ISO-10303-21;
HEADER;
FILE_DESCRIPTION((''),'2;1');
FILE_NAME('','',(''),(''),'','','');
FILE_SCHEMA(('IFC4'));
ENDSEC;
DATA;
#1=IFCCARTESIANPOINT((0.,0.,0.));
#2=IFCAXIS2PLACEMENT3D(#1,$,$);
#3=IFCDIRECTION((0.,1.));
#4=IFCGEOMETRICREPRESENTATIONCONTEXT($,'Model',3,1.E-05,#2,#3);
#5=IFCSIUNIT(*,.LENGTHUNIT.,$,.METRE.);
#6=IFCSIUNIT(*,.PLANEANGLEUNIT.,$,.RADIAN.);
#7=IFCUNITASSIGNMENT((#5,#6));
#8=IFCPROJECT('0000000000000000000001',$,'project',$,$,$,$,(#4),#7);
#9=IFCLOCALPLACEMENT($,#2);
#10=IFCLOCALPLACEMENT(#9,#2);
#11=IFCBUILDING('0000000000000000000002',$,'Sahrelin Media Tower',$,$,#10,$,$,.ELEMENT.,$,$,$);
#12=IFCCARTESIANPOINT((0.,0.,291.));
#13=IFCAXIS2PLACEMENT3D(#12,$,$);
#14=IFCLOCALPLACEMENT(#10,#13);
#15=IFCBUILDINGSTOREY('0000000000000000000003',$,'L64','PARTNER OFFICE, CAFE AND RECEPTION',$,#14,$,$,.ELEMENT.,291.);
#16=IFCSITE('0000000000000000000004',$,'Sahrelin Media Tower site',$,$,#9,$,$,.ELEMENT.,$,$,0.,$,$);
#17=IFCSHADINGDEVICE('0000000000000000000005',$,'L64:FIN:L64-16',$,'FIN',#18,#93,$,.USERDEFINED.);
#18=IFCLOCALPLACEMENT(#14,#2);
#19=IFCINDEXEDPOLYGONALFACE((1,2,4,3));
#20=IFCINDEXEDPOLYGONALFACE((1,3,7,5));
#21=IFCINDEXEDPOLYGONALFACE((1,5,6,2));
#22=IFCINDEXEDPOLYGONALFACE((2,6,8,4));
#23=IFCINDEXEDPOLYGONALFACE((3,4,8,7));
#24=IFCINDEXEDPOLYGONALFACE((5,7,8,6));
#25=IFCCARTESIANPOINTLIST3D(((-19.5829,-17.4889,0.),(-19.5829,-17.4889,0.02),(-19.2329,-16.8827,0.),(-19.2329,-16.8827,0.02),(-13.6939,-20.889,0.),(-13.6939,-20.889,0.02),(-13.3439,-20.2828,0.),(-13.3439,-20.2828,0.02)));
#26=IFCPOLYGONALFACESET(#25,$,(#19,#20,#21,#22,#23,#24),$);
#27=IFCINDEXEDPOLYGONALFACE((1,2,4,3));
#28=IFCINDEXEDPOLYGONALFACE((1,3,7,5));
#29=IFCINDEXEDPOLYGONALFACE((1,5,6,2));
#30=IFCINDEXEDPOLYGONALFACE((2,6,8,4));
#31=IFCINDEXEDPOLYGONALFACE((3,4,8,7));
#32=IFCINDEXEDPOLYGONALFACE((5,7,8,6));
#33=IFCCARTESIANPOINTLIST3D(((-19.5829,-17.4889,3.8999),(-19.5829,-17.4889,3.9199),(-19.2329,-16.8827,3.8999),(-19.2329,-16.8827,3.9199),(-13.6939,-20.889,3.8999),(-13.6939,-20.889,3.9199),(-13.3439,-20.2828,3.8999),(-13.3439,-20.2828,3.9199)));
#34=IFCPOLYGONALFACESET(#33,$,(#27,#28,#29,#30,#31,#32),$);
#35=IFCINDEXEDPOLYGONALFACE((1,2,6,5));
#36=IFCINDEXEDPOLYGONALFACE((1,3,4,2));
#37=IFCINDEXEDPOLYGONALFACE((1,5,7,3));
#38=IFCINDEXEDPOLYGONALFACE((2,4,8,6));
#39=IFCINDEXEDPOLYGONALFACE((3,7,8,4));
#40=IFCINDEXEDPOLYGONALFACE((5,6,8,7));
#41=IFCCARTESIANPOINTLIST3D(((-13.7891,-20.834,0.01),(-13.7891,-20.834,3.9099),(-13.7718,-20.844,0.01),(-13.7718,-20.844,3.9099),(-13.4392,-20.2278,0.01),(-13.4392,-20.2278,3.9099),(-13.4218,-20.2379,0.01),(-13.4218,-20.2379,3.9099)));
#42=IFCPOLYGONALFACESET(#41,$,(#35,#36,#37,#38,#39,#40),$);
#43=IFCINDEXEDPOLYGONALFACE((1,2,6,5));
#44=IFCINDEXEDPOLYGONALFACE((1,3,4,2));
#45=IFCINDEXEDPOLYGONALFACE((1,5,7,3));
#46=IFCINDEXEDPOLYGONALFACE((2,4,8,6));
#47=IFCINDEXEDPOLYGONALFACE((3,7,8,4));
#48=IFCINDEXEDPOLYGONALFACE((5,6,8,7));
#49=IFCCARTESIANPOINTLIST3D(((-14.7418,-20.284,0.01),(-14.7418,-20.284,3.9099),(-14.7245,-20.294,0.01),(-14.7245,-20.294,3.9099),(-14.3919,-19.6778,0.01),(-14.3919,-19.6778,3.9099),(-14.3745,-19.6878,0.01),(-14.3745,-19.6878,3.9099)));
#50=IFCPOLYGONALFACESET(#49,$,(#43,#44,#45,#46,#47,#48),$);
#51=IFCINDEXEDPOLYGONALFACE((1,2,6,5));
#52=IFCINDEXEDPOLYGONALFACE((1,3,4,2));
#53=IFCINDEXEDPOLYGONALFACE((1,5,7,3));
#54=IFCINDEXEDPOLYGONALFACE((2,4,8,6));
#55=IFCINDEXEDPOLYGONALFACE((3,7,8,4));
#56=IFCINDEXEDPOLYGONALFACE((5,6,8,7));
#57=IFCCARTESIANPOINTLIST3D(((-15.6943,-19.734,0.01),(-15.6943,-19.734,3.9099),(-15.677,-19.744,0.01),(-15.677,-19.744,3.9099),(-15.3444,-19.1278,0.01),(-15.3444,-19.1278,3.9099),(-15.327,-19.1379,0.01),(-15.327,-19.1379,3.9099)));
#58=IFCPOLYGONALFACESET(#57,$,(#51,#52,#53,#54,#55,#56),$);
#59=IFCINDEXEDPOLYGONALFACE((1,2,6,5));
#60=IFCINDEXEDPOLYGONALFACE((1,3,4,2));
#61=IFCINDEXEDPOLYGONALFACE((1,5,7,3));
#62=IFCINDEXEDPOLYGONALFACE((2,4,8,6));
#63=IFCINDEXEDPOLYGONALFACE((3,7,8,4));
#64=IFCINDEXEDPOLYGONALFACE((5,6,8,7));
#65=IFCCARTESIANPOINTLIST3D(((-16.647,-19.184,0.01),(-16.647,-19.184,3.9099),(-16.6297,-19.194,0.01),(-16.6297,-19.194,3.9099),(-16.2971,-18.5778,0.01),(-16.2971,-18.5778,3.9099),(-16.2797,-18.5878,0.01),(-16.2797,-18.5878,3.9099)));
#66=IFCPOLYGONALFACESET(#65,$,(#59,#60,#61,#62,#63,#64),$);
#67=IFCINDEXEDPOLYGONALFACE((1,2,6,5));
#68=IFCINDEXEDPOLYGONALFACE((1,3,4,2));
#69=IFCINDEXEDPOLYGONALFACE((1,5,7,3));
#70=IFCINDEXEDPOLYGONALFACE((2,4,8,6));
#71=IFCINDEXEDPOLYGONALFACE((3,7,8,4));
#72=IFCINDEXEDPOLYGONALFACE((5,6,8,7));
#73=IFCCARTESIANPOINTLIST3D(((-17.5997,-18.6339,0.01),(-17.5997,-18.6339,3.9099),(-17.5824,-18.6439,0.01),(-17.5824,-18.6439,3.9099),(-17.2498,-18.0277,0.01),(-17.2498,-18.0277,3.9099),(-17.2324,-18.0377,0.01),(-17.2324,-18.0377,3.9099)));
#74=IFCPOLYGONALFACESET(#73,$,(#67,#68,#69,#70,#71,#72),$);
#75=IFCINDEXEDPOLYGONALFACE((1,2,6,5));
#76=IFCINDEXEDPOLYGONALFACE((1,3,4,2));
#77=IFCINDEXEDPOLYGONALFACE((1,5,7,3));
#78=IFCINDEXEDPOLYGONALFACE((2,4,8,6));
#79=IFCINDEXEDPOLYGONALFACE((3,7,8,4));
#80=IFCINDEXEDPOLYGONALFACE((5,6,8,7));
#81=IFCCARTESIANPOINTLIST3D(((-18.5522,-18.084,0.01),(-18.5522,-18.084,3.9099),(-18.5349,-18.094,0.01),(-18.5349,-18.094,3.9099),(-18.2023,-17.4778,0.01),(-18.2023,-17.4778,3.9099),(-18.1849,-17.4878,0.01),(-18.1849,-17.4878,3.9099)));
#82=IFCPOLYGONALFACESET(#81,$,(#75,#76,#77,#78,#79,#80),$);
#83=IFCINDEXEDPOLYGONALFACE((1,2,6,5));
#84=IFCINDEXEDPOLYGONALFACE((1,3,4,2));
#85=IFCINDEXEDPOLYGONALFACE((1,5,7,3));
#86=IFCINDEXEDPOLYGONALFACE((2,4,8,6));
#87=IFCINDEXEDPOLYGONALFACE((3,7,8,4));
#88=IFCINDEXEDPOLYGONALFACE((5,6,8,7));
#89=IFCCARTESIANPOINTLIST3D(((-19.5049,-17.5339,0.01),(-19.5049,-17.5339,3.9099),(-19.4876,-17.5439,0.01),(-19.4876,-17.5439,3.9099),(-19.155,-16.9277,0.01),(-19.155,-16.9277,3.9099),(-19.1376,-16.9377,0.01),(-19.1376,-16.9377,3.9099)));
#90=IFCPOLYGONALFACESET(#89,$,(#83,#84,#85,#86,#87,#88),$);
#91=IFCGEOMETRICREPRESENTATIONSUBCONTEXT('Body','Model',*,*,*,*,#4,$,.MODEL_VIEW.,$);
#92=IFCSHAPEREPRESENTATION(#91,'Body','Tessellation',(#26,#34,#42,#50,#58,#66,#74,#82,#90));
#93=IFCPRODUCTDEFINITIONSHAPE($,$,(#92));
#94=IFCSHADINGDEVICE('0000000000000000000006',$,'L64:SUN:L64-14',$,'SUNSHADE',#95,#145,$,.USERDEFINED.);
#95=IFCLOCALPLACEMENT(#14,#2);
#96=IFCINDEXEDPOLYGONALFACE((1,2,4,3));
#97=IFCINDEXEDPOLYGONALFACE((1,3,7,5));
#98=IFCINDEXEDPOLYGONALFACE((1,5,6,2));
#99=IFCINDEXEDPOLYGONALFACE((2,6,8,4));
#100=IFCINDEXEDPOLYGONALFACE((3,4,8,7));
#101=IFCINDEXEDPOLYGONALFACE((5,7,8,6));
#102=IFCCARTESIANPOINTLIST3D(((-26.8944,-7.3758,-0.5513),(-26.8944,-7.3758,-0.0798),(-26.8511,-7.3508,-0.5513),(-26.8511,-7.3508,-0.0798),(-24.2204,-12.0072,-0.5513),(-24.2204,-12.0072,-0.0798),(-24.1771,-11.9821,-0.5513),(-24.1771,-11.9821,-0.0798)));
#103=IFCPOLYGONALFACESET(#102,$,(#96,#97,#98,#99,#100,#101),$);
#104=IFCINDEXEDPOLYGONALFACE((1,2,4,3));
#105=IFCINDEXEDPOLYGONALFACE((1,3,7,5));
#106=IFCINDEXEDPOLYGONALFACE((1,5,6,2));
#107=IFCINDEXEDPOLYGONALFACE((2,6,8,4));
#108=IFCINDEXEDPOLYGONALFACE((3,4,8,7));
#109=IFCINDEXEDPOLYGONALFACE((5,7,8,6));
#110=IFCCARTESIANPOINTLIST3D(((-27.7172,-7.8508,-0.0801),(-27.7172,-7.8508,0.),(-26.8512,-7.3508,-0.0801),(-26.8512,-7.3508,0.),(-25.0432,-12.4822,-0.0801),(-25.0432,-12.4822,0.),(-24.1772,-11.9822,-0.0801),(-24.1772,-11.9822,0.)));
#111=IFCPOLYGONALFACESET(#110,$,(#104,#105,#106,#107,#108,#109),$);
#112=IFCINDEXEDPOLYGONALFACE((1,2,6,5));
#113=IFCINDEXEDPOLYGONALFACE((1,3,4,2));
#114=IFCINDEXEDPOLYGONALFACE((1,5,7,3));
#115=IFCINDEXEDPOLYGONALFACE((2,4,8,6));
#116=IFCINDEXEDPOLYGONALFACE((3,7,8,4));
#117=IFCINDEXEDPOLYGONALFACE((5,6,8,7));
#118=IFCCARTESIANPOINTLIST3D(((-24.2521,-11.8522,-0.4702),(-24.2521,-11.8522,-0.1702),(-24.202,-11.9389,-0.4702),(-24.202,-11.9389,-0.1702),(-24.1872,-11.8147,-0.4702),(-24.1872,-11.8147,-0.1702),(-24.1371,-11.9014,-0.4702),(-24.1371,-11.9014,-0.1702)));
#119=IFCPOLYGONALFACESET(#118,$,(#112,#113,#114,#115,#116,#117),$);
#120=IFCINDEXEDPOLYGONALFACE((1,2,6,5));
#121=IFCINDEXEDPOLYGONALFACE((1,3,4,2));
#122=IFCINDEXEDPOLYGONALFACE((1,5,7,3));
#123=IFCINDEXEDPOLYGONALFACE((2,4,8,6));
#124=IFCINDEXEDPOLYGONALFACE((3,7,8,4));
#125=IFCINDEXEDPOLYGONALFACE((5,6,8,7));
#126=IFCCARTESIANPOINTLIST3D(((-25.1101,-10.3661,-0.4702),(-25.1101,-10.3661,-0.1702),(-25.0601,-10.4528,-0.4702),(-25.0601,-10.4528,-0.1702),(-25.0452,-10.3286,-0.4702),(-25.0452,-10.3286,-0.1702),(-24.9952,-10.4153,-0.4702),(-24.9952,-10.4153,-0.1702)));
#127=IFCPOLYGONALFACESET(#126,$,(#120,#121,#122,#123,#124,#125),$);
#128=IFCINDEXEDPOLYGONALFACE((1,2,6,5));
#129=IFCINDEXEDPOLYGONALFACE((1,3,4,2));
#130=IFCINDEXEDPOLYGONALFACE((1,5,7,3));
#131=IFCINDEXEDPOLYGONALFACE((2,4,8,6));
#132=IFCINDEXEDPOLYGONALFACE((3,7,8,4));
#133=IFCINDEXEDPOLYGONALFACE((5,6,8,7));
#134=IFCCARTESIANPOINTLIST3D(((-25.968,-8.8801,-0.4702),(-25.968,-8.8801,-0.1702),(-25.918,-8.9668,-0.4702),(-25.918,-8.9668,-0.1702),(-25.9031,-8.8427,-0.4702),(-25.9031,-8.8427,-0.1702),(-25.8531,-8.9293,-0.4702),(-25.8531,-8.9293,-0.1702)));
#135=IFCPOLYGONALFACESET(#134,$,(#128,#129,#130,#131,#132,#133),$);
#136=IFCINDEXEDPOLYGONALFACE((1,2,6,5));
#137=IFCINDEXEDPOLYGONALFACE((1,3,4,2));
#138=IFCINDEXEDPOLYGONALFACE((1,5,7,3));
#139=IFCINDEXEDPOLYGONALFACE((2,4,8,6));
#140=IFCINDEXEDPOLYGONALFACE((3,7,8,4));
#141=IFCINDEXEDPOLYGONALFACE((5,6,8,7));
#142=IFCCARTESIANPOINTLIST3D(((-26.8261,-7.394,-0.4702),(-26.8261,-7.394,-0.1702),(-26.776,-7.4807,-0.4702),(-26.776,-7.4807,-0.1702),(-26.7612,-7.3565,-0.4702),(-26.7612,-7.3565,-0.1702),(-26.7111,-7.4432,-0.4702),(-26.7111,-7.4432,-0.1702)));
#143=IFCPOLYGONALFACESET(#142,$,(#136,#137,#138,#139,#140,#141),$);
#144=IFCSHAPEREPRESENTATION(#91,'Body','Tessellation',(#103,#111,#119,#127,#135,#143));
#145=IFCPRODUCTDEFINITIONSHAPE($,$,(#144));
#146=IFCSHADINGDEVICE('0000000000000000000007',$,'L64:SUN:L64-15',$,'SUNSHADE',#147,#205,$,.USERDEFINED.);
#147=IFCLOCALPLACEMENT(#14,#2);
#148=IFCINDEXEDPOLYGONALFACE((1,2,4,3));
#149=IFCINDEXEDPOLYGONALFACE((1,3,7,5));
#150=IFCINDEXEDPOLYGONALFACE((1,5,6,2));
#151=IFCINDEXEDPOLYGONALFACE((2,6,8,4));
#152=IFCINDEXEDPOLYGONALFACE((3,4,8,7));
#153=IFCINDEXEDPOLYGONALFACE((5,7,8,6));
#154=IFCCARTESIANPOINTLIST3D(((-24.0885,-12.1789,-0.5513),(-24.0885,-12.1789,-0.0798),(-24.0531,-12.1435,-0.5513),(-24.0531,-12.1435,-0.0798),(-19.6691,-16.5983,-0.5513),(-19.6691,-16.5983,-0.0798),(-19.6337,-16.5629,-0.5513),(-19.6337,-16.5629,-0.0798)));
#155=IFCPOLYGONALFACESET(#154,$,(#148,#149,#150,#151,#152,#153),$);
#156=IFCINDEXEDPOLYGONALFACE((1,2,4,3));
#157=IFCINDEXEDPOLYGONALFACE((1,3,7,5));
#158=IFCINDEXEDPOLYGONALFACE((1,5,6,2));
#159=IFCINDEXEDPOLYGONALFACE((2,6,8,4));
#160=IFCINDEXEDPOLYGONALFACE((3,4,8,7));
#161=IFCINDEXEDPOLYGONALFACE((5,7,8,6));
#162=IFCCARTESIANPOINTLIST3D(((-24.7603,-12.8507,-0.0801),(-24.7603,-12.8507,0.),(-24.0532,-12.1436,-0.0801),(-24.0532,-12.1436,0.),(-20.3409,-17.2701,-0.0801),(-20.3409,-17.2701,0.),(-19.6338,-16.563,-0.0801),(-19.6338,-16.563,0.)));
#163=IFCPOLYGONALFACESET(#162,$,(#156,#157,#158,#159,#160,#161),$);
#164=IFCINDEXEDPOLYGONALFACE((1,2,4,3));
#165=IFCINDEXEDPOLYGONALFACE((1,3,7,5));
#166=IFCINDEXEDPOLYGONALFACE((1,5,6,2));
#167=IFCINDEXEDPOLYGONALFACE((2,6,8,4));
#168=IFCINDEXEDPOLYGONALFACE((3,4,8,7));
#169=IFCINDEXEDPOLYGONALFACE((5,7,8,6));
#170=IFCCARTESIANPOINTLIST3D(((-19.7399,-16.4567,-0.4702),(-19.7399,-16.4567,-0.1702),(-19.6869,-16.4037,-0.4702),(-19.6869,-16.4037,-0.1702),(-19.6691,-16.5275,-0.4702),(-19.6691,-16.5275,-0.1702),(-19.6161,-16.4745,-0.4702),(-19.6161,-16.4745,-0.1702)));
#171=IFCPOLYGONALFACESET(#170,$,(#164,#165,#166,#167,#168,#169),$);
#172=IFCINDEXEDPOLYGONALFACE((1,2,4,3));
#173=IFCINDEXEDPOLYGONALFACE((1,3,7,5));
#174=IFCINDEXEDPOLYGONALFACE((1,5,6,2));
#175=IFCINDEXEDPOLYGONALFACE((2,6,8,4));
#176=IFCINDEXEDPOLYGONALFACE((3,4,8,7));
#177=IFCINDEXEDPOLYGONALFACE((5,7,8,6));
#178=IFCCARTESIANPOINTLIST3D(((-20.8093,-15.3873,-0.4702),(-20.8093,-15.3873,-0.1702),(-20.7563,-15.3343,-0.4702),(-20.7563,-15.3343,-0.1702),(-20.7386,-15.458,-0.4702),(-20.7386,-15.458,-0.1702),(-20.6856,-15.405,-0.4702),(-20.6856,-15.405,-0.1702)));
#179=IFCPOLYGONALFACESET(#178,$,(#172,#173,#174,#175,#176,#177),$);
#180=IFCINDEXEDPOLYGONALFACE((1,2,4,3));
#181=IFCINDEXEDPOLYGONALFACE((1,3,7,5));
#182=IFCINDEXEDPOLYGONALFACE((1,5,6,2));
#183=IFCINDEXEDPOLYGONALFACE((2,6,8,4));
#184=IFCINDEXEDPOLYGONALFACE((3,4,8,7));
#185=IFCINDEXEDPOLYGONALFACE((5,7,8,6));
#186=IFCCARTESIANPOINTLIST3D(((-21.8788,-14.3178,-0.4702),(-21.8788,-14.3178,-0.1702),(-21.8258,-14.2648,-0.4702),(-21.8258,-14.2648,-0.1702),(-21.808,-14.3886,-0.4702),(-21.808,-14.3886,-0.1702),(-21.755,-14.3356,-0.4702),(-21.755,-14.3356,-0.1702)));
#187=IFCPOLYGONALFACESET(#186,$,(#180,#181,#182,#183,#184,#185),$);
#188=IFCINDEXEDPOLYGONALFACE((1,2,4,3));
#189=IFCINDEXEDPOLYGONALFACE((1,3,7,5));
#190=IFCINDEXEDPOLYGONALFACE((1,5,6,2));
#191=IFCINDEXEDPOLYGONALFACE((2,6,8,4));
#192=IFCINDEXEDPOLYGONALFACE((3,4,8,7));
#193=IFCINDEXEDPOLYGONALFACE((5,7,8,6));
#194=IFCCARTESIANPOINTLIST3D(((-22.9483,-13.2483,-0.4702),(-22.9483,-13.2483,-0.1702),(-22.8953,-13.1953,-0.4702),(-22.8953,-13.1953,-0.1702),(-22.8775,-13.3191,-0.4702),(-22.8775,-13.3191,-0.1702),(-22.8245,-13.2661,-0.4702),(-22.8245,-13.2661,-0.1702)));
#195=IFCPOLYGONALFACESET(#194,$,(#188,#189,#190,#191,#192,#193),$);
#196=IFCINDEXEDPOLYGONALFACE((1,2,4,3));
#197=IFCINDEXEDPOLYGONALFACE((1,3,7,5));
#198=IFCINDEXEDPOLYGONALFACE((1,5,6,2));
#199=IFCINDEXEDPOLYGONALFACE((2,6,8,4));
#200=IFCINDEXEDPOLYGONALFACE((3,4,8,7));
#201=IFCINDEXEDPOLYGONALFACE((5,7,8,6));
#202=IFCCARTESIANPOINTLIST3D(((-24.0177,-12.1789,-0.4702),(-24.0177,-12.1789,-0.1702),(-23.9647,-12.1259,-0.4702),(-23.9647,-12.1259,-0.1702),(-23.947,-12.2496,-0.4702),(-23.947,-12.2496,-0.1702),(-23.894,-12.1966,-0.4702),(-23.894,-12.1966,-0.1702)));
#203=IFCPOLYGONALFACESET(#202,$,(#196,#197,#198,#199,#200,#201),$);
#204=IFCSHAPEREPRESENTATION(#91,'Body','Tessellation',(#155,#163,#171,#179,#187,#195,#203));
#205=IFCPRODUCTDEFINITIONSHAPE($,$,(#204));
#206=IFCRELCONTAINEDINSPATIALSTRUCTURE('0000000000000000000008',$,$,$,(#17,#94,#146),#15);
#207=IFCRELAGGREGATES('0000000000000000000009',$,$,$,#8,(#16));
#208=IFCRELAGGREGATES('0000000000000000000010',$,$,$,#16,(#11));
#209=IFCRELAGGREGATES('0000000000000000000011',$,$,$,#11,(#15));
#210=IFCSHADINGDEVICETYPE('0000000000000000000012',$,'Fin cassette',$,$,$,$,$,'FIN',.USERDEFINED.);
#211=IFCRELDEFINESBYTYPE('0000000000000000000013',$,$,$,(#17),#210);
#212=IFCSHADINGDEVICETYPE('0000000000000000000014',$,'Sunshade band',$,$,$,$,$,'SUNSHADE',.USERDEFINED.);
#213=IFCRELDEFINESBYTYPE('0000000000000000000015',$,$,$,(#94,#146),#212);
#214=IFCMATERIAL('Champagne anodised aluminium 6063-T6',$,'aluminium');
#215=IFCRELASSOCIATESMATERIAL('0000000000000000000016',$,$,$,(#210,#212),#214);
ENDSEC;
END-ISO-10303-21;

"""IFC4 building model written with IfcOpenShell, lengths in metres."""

from ifc_helpers import new_model, si_unit, direction, frame, origin, origin_2d, place, context, subcontext, project, spatial, rectangle, extrude, material, type_object, element, save


model = new_model("IFC4")

# Units and contexts
model_context = context("Model", 3, precision=1e-05, world=origin(), true_north=direction((0.0, 1.0)))
body_context = subcontext(model_context, "Body", "Model", "MODEL_VIEW")
ifc_project = project(units=[si_unit("LENGTHUNIT", "METRE"), si_unit("PLANEANGLEUNIT", "RADIAN")], contexts=[model_context])

# Site, building, storey
site_placement = place(None, origin())
site = spatial("IfcSite", under=ifc_project, at=site_placement, Name="Sahrelin Media Tower site", CompositionType="ELEMENT", RefElevation=0.0)
building_placement = place(site_placement, origin())
building = spatial("IfcBuilding", under=site, at=building_placement, Name="Sahrelin Media Tower", CompositionType="ELEMENT")
storey_placement = place(building_placement, frame((0.0, 0.0, 291.0)))
storey = spatial("IfcBuildingStorey", under=building, at=storey_placement, Name="L64", Description="PARTNER OFFICE, CAFE AND RECEPTION", CompositionType="ELEMENT", Elevation=291.0)

# Shared definitions
ifc_material_1 = material(Name="Champagne anodised aluminium 6063-T6", Category="aluminium")

# Shading devices
shading_device_type_1 = type_object("IfcShadingDeviceType", Name="Fin cassette", ElementType="FIN", PredefinedType="USERDEFINED", material=ifc_material_1)
placement_1 = place(storey_placement, frame((-25.4968, -9.6565, 0.0), z_axis=(0.0, 0.0, 1.0), x_axis=(-0.500011, 0.866019, 0.0)))
placement_2 = place(storey_placement, frame((-21.8293, -14.3391, 0.0), z_axis=(0.0, 0.0, 1.0), x_axis=(-0.707107, 0.707107, 0.0)))
placement_3 = place(storey_placement, frame((-16.2534, -18.5222, 0.0), z_axis=(0.0, 0.0, 1.0), x_axis=(-0.866019, 0.500011, 0.0)))
element("IfcShadingDevice", 1, at=placement_3, inside=storey, type_object=shading_device_type_1, Name="L64:FIN:L64-16", ObjectType="FIN", PredefinedType="USERDEFINED", context=body_context, shape_type="SweptSolid", body=[
    extrude(rectangle(XDim=6.8, YDim=0.7, at=origin_2d()), frame((0.0, 0.4199, 0.0)), (0.0, 0.0, 1.0), 0.02),
    extrude(rectangle(XDim=6.8, YDim=0.7, at=origin_2d()), frame((0.0, 0.4199, 3.8999)), (0.0, 0.0, 1.0), 0.02),
    extrude(rectangle(XDim=0.02, YDim=0.7, at=origin_2d()), frame((-3.3, 0.4199, 0.01), z_axis=(0.0, 0.0, 1.0), x_axis=(1.0, 0.0, 0.0)), (0.0, 0.0, 1.0), 3.8999),
    extrude(rectangle(XDim=0.02, YDim=0.7, at=origin_2d()), frame((-2.2, 0.4199, 0.01), z_axis=(0.0, 0.0, 1.0), x_axis=(1.0, 0.0, 0.0)), (0.0, 0.0, 1.0), 3.8999),
    extrude(rectangle(XDim=0.02, YDim=0.7, at=origin_2d()), frame((-1.1001, 0.4199, 0.01), z_axis=(0.0, 0.0, 1.0), x_axis=(1.0, 0.0, 0.0)), (0.0, 0.0, 1.0), 3.8999),
    extrude(rectangle(XDim=0.02, YDim=0.7, at=origin_2d()), frame((0.0, 0.4199, 0.01), z_axis=(0.0, 0.0, 1.0), x_axis=(1.0, 0.0, 0.0)), (0.0, 0.0, 1.0), 3.8999),
    extrude(rectangle(XDim=0.02, YDim=0.7, at=origin_2d()), frame((1.1001, 0.4199, 0.01), z_axis=(0.0, 0.0, 1.0), x_axis=(1.0, 0.0, 0.0)), (0.0, 0.0, 1.0), 3.8999),
    extrude(rectangle(XDim=0.02, YDim=0.7, at=origin_2d()), frame((2.2, 0.4199, 0.01), z_axis=(0.0, 0.0, 1.0), x_axis=(1.0, 0.0, 0.0)), (0.0, 0.0, 1.0), 3.8999),
    extrude(rectangle(XDim=0.02, YDim=0.7, at=origin_2d()), frame((3.3, 0.4199, 0.01), z_axis=(0.0, 0.0, 1.0), x_axis=(1.0, 0.0, 0.0)), (0.0, 0.0, 1.0), 3.8999),
])
shading_device_type_2 = type_object("IfcShadingDeviceType", Name="Sunshade band", ElementType="SUNSHADE", PredefinedType="USERDEFINED", material=ifc_material_1)
element("IfcShadingDevice", 2, at=placement_1, inside=storey, type_object=shading_device_type_2, Name="L64:SUN:L64-14", ObjectType="SUNSHADE", PredefinedType="USERDEFINED", context=body_context, shape_type="SweptSolid", body=[
    extrude(rectangle(XDim=5.3479, YDim=0.05, at=origin_2d()), frame((0.0, 0.0449, -0.5513)), (0.0, 0.0, 1.0), 0.4714),
    extrude(rectangle(XDim=5.3479, YDim=1.0, at=origin_2d()), frame((0.0, 0.52, -0.0801)), (0.0, 0.0, 1.0), 0.0801),
    extrude(rectangle(XDim=0.1001, YDim=0.075, at=origin_2d()), frame((-2.574, -0.0176, -0.4702)), (0.0, 0.0, 1.0), 0.3),
    extrude(rectangle(XDim=0.1001, YDim=0.075, at=origin_2d()), frame((-0.8579, -0.0176, -0.4702)), (0.0, 0.0, 1.0), 0.3),
    extrude(rectangle(XDim=0.1001, YDim=0.075, at=origin_2d()), frame((0.8579, -0.0176, -0.4702)), (0.0, 0.0, 1.0), 0.3),
    extrude(rectangle(XDim=0.1001, YDim=0.075, at=origin_2d()), frame((2.574, -0.0176, -0.4702)), (0.0, 0.0, 1.0), 0.3),
])
element("IfcShadingDevice", 3, at=placement_2, inside=storey, type_object=shading_device_type_2, Name="L64:SUN:L64-15", ObjectType="SUNSHADE", PredefinedType="USERDEFINED", context=body_context, shape_type="SweptSolid", body=[
    extrude(rectangle(XDim=6.25, YDim=0.05, at=origin_2d()), frame((0.0, 0.0449, -0.5513)), (0.0, 0.0, 1.0), 0.4714),
    extrude(rectangle(XDim=6.25, YDim=1.0, at=origin_2d()), frame((0.0, 0.52, -0.0801)), (0.0, 0.0, 1.0), 0.0801),
    extrude(rectangle(XDim=0.1001, YDim=0.075, at=origin_2d()), frame((-3.0249, -0.0176, -0.4702)), (0.0, 0.0, 1.0), 0.3),
    extrude(rectangle(XDim=0.1001, YDim=0.075, at=origin_2d()), frame((-1.5125, -0.0176, -0.4702)), (0.0, 0.0, 1.0), 0.3),
    extrude(rectangle(XDim=0.1001, YDim=0.075, at=origin_2d()), frame((0.0, -0.0176, -0.4702)), (0.0, 0.0, 1.0), 0.3),
    extrude(rectangle(XDim=0.1001, YDim=0.075, at=origin_2d()), frame((1.5125, -0.0176, -0.4702)), (0.0, 0.0, 1.0), 0.3),
    extrude(rectangle(XDim=0.1001, YDim=0.075, at=origin_2d()), frame((3.0249, -0.0176, -0.4702)), (0.0, 0.0, 1.0), 0.3),
])

save(model, "model.ifc")
